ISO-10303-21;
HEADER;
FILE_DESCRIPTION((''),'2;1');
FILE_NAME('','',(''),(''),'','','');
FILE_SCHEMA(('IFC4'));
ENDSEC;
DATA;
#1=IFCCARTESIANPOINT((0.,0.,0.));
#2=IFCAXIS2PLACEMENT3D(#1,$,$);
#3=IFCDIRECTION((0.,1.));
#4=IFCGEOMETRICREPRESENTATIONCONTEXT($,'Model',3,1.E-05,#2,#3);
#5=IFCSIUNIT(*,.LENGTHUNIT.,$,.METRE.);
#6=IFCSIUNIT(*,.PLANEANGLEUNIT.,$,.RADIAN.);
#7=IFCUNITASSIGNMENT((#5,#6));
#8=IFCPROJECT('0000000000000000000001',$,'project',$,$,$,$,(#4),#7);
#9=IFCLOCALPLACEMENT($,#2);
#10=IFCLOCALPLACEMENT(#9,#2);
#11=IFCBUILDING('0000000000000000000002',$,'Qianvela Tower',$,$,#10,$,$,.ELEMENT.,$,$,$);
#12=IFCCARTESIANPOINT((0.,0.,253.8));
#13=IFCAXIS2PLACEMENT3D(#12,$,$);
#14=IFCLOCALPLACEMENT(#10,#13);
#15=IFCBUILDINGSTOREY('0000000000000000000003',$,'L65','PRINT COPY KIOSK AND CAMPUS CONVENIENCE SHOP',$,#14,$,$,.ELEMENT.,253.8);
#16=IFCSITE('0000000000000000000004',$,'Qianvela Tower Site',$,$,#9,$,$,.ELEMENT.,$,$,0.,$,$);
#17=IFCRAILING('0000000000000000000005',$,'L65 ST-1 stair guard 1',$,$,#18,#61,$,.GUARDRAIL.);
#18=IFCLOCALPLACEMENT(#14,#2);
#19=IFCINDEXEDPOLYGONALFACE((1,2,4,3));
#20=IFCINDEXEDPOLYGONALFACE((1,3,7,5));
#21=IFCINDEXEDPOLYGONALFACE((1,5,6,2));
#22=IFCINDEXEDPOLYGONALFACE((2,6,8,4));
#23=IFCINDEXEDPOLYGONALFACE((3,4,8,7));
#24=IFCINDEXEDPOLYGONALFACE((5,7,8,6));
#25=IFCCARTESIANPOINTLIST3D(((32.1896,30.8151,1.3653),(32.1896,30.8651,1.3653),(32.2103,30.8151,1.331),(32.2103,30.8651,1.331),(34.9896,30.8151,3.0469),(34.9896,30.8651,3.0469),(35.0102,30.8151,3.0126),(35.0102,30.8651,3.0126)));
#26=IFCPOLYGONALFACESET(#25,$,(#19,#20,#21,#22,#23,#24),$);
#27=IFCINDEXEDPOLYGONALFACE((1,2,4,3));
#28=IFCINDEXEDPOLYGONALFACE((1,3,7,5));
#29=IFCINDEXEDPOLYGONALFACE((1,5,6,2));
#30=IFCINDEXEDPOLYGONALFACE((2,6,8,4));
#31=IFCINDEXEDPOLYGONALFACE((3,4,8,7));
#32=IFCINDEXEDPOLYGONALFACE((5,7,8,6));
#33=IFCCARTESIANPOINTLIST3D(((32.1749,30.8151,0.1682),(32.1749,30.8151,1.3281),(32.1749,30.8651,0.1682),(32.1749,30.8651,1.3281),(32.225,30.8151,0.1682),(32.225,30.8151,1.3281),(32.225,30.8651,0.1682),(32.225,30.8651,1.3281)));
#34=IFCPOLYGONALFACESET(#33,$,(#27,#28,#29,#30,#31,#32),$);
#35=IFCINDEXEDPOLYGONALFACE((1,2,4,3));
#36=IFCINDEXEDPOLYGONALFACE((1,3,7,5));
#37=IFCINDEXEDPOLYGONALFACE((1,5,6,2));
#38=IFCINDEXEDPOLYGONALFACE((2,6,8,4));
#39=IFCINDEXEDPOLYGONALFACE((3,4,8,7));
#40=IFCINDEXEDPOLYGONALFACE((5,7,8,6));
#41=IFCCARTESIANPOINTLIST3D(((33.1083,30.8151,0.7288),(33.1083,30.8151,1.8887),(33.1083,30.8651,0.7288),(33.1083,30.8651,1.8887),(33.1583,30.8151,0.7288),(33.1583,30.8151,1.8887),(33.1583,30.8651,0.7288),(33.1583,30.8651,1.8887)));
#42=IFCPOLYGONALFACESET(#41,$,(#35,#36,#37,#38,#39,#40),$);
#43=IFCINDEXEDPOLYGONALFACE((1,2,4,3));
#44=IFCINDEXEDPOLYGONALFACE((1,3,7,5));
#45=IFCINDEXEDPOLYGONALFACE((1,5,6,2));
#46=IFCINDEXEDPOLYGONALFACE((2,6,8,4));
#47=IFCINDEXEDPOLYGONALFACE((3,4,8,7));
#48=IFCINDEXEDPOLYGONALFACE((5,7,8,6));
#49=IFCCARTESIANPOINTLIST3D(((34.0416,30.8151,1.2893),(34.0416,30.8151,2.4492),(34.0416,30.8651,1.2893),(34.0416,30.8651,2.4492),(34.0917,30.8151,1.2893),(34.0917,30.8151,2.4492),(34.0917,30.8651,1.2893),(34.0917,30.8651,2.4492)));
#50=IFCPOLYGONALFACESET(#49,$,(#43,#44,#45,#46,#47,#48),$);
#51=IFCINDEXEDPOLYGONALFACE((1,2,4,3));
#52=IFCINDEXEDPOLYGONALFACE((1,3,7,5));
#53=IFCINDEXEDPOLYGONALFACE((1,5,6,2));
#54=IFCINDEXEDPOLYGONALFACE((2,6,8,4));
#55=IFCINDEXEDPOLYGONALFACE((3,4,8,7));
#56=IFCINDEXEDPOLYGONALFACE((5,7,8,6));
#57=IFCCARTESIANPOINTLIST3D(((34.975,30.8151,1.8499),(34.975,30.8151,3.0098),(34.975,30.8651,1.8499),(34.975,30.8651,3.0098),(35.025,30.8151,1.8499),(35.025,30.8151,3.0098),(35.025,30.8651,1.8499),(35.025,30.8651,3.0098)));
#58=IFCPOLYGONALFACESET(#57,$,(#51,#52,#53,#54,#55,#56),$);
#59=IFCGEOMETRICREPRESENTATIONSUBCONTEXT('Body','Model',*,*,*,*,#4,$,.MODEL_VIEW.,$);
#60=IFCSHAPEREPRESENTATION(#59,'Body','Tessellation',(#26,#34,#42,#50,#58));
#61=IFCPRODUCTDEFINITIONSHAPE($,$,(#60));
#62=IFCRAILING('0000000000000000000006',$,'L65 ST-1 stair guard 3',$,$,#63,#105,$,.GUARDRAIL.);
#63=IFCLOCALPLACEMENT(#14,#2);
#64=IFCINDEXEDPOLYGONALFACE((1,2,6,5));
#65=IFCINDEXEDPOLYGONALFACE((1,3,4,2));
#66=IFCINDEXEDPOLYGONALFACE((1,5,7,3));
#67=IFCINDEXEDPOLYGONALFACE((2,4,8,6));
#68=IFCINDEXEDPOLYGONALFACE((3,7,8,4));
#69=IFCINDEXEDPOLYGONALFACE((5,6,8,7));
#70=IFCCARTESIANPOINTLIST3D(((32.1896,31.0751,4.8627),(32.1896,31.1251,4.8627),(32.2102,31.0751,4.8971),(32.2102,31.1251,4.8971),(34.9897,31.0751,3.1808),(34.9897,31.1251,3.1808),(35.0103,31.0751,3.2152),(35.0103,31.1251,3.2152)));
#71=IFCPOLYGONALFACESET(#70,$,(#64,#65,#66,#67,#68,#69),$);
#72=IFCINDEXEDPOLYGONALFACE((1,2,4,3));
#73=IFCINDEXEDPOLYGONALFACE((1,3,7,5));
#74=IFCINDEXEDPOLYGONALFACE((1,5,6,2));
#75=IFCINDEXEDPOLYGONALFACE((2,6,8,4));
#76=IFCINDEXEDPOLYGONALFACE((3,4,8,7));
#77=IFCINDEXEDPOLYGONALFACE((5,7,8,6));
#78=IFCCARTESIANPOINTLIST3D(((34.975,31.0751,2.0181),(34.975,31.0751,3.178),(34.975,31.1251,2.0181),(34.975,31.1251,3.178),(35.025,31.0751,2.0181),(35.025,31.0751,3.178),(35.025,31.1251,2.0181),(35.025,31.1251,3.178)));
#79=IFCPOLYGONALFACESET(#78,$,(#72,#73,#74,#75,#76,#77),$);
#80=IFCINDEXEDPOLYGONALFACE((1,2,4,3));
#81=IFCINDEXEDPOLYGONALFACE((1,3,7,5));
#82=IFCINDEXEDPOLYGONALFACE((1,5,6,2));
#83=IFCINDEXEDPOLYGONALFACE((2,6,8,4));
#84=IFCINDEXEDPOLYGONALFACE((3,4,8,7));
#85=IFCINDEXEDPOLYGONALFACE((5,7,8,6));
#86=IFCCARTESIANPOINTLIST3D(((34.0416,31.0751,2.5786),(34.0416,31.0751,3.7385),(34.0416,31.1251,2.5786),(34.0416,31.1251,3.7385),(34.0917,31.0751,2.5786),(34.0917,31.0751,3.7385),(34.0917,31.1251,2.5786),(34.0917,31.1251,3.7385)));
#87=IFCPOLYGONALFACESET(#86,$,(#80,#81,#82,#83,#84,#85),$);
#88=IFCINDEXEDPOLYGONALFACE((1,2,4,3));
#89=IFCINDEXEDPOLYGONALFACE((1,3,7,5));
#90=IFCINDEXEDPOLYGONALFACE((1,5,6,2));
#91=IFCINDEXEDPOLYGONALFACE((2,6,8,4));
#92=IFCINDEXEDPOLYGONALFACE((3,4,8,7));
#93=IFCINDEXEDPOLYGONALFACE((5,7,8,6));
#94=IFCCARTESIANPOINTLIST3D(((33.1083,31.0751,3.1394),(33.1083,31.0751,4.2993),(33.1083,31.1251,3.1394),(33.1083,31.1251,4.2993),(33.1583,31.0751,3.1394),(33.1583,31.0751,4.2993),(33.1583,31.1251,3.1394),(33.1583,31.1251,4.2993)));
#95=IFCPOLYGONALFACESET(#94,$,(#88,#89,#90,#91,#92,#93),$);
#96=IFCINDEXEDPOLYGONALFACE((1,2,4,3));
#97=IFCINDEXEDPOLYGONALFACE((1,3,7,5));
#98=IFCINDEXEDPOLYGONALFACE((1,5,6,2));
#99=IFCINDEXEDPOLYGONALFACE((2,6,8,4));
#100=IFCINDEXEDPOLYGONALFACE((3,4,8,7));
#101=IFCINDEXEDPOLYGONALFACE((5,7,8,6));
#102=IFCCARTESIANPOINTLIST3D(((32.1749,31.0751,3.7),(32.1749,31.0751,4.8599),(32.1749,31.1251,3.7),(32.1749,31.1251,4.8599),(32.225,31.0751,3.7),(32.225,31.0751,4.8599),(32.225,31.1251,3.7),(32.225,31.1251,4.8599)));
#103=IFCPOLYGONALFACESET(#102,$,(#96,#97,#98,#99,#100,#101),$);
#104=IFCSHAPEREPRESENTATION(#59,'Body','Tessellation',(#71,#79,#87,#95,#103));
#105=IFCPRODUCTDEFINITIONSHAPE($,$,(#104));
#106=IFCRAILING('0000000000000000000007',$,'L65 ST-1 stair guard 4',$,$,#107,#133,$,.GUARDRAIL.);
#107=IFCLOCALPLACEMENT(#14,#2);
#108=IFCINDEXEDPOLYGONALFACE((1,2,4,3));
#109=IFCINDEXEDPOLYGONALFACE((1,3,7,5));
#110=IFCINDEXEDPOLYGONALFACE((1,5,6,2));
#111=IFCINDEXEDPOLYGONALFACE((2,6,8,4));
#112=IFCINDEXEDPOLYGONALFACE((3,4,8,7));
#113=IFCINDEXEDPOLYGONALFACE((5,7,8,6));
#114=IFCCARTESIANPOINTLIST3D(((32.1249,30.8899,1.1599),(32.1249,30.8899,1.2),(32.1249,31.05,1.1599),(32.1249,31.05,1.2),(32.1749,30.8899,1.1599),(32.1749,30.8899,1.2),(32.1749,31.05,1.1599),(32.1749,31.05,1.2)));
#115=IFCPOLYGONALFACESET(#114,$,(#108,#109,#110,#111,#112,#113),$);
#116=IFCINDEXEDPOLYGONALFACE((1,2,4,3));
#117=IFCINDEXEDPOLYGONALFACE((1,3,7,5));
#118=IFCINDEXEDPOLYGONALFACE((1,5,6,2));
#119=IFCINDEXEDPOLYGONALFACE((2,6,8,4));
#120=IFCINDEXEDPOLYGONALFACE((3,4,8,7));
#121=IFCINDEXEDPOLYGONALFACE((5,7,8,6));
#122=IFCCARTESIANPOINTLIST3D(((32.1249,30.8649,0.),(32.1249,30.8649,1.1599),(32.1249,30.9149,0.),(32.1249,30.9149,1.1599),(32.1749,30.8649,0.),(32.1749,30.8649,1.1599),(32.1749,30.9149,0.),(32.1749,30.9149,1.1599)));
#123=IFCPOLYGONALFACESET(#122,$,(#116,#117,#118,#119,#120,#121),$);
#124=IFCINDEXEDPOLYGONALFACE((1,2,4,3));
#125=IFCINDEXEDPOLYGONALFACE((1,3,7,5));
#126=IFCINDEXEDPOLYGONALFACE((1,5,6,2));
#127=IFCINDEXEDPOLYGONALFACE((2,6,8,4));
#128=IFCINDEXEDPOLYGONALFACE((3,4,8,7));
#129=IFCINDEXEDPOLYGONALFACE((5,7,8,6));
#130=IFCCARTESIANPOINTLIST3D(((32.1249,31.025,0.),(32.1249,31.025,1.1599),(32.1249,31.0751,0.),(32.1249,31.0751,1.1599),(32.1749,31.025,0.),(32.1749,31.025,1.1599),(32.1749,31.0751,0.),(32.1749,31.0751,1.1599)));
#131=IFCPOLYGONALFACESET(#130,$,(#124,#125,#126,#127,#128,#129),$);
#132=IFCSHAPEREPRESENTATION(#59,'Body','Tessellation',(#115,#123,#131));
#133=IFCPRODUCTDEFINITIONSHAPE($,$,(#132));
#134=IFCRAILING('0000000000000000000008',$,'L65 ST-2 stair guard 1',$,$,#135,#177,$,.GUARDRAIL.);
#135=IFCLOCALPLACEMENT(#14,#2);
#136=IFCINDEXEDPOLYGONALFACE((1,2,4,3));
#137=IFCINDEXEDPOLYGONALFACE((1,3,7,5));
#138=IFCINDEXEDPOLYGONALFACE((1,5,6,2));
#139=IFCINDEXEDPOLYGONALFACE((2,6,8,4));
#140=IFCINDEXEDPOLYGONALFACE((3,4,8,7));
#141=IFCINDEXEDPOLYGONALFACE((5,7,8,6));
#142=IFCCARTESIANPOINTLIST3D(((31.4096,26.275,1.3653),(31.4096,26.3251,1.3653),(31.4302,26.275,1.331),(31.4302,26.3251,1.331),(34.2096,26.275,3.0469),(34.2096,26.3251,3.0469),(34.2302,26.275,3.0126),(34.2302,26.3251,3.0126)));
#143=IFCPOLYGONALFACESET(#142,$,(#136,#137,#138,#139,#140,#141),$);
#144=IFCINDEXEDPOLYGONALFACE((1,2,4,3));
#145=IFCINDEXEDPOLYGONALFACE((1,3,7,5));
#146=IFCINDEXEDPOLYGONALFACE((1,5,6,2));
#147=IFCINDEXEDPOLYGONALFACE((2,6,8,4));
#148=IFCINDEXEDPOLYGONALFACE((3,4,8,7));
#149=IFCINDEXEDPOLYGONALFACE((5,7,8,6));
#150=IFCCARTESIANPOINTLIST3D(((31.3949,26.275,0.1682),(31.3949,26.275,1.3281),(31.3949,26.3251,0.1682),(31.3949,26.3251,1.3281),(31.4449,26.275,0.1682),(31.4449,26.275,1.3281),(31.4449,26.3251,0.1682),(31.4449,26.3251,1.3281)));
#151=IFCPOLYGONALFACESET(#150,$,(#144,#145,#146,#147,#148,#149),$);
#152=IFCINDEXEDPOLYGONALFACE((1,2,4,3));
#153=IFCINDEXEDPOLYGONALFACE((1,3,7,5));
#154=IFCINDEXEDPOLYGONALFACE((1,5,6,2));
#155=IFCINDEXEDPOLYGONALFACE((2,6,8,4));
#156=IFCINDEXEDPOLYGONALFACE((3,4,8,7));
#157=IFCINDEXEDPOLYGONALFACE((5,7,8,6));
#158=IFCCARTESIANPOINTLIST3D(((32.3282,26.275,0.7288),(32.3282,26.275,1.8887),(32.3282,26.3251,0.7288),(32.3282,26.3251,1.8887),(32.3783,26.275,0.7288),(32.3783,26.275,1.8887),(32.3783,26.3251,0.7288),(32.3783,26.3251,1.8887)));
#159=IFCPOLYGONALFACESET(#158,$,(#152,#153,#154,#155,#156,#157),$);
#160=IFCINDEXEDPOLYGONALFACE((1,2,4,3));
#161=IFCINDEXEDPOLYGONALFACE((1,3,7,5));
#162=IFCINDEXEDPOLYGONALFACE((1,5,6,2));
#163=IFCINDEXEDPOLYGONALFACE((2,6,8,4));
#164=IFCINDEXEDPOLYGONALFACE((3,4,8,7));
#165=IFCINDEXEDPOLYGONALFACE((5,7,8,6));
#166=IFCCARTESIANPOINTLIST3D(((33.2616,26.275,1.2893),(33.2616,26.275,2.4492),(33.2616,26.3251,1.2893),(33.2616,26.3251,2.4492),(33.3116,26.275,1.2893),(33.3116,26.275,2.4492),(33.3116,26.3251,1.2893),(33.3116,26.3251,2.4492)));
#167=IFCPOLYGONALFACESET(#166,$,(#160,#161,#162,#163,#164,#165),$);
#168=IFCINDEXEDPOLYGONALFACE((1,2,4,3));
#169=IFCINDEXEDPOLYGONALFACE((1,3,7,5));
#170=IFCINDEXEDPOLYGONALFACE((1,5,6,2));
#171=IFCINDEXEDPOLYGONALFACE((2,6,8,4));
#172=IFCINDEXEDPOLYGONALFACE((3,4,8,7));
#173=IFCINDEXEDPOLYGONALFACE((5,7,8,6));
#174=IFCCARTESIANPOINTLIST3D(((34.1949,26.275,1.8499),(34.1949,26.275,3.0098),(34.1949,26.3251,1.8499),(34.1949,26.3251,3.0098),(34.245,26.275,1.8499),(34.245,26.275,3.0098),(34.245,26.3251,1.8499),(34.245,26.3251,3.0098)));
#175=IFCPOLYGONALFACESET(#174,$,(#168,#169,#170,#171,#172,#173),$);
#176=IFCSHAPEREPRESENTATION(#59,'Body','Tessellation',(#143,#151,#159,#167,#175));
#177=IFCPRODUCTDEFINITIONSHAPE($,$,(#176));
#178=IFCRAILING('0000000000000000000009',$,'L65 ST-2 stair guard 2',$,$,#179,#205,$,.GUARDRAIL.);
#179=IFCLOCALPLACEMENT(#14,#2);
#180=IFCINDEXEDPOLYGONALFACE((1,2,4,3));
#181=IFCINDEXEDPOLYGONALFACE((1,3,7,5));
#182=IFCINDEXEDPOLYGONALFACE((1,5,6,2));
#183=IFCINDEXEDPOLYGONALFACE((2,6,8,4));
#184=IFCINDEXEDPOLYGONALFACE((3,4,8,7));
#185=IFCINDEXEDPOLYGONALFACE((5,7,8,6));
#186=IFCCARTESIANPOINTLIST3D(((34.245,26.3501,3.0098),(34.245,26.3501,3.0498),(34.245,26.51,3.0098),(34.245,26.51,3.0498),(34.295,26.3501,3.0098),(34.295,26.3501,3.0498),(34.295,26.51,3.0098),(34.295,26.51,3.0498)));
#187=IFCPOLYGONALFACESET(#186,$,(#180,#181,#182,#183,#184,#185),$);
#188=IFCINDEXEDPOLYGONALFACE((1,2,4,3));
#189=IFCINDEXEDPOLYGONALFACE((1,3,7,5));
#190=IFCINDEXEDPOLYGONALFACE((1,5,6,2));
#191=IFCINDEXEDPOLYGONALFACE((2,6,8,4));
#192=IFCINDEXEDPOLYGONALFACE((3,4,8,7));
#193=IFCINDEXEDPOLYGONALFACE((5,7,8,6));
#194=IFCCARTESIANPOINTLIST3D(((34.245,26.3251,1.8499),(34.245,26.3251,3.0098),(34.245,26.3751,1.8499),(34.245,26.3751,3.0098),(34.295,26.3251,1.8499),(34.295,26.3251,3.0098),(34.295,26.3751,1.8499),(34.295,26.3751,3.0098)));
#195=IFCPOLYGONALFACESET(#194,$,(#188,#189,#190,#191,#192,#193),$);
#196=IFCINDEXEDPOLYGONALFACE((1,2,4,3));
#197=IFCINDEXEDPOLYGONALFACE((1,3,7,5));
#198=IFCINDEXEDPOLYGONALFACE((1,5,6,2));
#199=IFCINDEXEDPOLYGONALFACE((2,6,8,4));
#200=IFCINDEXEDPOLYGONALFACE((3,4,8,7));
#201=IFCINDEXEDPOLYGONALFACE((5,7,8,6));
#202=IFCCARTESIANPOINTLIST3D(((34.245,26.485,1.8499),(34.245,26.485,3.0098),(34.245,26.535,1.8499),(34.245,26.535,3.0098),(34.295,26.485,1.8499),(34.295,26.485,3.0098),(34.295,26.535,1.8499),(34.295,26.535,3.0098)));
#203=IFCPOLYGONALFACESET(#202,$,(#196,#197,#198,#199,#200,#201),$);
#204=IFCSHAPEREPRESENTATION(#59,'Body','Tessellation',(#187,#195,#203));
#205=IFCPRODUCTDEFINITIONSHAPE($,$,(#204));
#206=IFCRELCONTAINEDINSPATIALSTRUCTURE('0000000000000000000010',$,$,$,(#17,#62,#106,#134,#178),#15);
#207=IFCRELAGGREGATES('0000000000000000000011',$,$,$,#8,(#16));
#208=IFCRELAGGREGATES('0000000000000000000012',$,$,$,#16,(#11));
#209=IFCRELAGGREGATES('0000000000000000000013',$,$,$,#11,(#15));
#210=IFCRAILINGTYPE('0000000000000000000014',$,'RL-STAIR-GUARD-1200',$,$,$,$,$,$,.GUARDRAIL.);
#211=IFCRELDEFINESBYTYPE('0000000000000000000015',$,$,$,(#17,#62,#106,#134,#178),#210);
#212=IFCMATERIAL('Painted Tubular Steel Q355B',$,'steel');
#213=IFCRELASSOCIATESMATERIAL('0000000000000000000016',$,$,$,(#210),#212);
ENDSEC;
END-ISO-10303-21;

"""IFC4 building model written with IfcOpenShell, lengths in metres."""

from ifc_helpers import new_model, si_unit, direction, frame, origin, origin_2d, place, context, subcontext, project, spatial, rectangle, extrude, material, type_object, element, save


model = new_model("IFC4")

# Units and contexts
model_context = context("Model", 3, precision=1e-05, world=origin(), true_north=direction((0.0, 1.0)))
body_context = subcontext(model_context, "Body", "Model", "MODEL_VIEW")
ifc_project = project(units=[si_unit("LENGTHUNIT", "METRE"), si_unit("PLANEANGLEUNIT", "RADIAN")], contexts=[model_context])

# Site, building, storey
site_placement = place(None, origin())
site = spatial("IfcSite", under=ifc_project, at=site_placement, Name="Qianvela Tower Site", CompositionType="ELEMENT", RefElevation=0.0)
building_placement = place(site_placement, origin())
building = spatial("IfcBuilding", under=site, at=building_placement, Name="Qianvela Tower", CompositionType="ELEMENT")
storey_placement = place(building_placement, frame((0.0, 0.0, 253.8)))
storey = spatial("IfcBuildingStorey", under=building, at=storey_placement, Name="L65", Description="PRINT COPY KIOSK AND CAMPUS CONVENIENCE SHOP", CompositionType="ELEMENT", Elevation=253.8)

# Railings
ifc_material_1 = material(Name="Painted Tubular Steel Q355B", Category="steel")
railing_type_1 = type_object("IfcRailingType", Name="RL-STAIR-GUARD-1200", PredefinedType="GUARDRAIL", material=ifc_material_1)
railing_1_placement = place(storey_placement, frame((32.2, 30.8401, 0.1682)))
element("IfcRailing", 1, at=railing_1_placement, inside=storey, type_object=railing_type_1, Name="L65 ST-1 stair guard 1", PredefinedType="GUARDRAIL", context=body_context, shape_type="SweptSolid", body=[
    extrude(rectangle(XDim=0.05, YDim=0.04, at=origin_2d()), frame((0.0, 0.0, 1.1799), z_axis=(0.857275, 0.0, 0.514858), x_axis=(0.0, 1.0, 0.0)), (0.0, 0.0, 1.0), 3.2661),
    extrude(rectangle(XDim=0.05, YDim=0.05, at=origin_2d()), origin(), (0.0, 0.0, 1.0), 1.1599),
    extrude(rectangle(XDim=0.05, YDim=0.05, at=origin_2d()), frame((0.9333, 0.0, 0.5605)), (0.0, 0.0, 1.0), 1.1599),
    extrude(rectangle(XDim=0.05, YDim=0.05, at=origin_2d()), frame((1.8667, 0.0, 1.1211)), (0.0, 0.0, 1.0), 1.1599),
    extrude(rectangle(XDim=0.05, YDim=0.05, at=origin_2d()), frame((2.8, 0.0, 1.6816)), (0.0, 0.0, 1.0), 1.1599),
])
railing_2_placement = place(storey_placement, frame((35.0, 31.1001, 2.0181)))
element("IfcRailing", 2, at=railing_2_placement, inside=storey, type_object=railing_type_1, Name="L65 ST-1 stair guard 3", PredefinedType="GUARDRAIL", context=body_context, shape_type="SweptSolid", body=[
    extrude(rectangle(XDim=0.05, YDim=0.04, at=origin_2d()), frame((0.0, 0.0, 1.1799), z_axis=(-0.857242, 0.0, 0.514913), x_axis=(0.0, -1.0, 0.0)), (0.0, 0.0, 1.0), 3.2664),
    extrude(rectangle(XDim=0.05, YDim=0.05, at=origin_2d()), origin(), (0.0, 0.0, 1.0), 1.1599),
    extrude(rectangle(XDim=0.05, YDim=0.05, at=origin_2d()), frame((-0.9333, 0.0, 0.5605)), (0.0, 0.0, 1.0), 1.1599),
    extrude(rectangle(XDim=0.05, YDim=0.05, at=origin_2d()), frame((-1.8667, 0.0, 1.1213)), (0.0, 0.0, 1.0), 1.1599),
    extrude(rectangle(XDim=0.05, YDim=0.05, at=origin_2d()), frame((-2.8, 0.0, 1.6819)), (0.0, 0.0, 1.0), 1.1599),
])
railing_3_placement = place(storey_placement, frame((32.1499, 30.8899, 0.0)))
element("IfcRailing", 3, at=railing_3_placement, inside=storey, type_object=railing_type_1, Name="L65 ST-1 stair guard 4", PredefinedType="GUARDRAIL", context=body_context, shape_type="SweptSolid", body=[
    extrude(rectangle(XDim=0.05, YDim=0.04, at=origin_2d()), frame((0.0, 0.0, 1.1799), z_axis=(0.0, 1.0, 0.0), x_axis=(-1.0, 0.0, 0.0)), (0.0, 0.0, 1.0), 0.1602),
    extrude(rectangle(XDim=0.05, YDim=0.05, at=origin_2d()), origin(), (0.0, 0.0, 1.0), 1.1599),
    extrude(rectangle(XDim=0.05, YDim=0.05, at=origin_2d()), frame((0.0, 0.1602, 0.0)), (0.0, 0.0, 1.0), 1.1599),
])
railing_4_placement = place(storey_placement, frame((31.4199, 26.3, 0.1682)))
element("IfcRailing", 4, at=railing_4_placement, inside=storey, type_object=railing_type_1, Name="L65 ST-2 stair guard 1", PredefinedType="GUARDRAIL", context=body_context, shape_type="SweptSolid", body=[
    extrude(rectangle(XDim=0.05, YDim=0.04, at=origin_2d()), frame((0.0, 0.0, 1.1799), z_axis=(0.857275, 0.0, 0.514858), x_axis=(0.0, 1.0, 0.0)), (0.0, 0.0, 1.0), 3.2661),
    extrude(rectangle(XDim=0.05, YDim=0.05, at=origin_2d()), origin(), (0.0, 0.0, 1.0), 1.1599),
    extrude(rectangle(XDim=0.05, YDim=0.05, at=origin_2d()), frame((0.9333, 0.0, 0.5605)), (0.0, 0.0, 1.0), 1.1599),
    extrude(rectangle(XDim=0.05, YDim=0.05, at=origin_2d()), frame((1.8667, 0.0, 1.1211)), (0.0, 0.0, 1.0), 1.1599),
    extrude(rectangle(XDim=0.05, YDim=0.05, at=origin_2d()), frame((2.8, 0.0, 1.6816)), (0.0, 0.0, 1.0), 1.1599),
])
railing_5_placement = place(storey_placement, frame((34.27, 26.3501, 1.8499)))
element("IfcRailing", 5, at=railing_5_placement, inside=storey, type_object=railing_type_1, Name="L65 ST-2 stair guard 2", PredefinedType="GUARDRAIL", context=body_context, shape_type="SweptSolid", body=[
    extrude(rectangle(XDim=0.05, YDim=0.04, at=origin_2d()), frame((0.0, 0.0, 1.1799), z_axis=(0.0, 1.0, 0.0), x_axis=(-1.0, 0.0, 0.0)), (0.0, 0.0, 1.0), 0.1599),
    extrude(rectangle(XDim=0.05, YDim=0.05, at=origin_2d()), origin(), (0.0, 0.0, 1.0), 1.1599),
    extrude(rectangle(XDim=0.05, YDim=0.05, at=origin_2d()), frame((0.0, 0.1599, 0.0)), (0.0, 0.0, 1.0), 1.1599),
])

save(model, "model.ifc")
